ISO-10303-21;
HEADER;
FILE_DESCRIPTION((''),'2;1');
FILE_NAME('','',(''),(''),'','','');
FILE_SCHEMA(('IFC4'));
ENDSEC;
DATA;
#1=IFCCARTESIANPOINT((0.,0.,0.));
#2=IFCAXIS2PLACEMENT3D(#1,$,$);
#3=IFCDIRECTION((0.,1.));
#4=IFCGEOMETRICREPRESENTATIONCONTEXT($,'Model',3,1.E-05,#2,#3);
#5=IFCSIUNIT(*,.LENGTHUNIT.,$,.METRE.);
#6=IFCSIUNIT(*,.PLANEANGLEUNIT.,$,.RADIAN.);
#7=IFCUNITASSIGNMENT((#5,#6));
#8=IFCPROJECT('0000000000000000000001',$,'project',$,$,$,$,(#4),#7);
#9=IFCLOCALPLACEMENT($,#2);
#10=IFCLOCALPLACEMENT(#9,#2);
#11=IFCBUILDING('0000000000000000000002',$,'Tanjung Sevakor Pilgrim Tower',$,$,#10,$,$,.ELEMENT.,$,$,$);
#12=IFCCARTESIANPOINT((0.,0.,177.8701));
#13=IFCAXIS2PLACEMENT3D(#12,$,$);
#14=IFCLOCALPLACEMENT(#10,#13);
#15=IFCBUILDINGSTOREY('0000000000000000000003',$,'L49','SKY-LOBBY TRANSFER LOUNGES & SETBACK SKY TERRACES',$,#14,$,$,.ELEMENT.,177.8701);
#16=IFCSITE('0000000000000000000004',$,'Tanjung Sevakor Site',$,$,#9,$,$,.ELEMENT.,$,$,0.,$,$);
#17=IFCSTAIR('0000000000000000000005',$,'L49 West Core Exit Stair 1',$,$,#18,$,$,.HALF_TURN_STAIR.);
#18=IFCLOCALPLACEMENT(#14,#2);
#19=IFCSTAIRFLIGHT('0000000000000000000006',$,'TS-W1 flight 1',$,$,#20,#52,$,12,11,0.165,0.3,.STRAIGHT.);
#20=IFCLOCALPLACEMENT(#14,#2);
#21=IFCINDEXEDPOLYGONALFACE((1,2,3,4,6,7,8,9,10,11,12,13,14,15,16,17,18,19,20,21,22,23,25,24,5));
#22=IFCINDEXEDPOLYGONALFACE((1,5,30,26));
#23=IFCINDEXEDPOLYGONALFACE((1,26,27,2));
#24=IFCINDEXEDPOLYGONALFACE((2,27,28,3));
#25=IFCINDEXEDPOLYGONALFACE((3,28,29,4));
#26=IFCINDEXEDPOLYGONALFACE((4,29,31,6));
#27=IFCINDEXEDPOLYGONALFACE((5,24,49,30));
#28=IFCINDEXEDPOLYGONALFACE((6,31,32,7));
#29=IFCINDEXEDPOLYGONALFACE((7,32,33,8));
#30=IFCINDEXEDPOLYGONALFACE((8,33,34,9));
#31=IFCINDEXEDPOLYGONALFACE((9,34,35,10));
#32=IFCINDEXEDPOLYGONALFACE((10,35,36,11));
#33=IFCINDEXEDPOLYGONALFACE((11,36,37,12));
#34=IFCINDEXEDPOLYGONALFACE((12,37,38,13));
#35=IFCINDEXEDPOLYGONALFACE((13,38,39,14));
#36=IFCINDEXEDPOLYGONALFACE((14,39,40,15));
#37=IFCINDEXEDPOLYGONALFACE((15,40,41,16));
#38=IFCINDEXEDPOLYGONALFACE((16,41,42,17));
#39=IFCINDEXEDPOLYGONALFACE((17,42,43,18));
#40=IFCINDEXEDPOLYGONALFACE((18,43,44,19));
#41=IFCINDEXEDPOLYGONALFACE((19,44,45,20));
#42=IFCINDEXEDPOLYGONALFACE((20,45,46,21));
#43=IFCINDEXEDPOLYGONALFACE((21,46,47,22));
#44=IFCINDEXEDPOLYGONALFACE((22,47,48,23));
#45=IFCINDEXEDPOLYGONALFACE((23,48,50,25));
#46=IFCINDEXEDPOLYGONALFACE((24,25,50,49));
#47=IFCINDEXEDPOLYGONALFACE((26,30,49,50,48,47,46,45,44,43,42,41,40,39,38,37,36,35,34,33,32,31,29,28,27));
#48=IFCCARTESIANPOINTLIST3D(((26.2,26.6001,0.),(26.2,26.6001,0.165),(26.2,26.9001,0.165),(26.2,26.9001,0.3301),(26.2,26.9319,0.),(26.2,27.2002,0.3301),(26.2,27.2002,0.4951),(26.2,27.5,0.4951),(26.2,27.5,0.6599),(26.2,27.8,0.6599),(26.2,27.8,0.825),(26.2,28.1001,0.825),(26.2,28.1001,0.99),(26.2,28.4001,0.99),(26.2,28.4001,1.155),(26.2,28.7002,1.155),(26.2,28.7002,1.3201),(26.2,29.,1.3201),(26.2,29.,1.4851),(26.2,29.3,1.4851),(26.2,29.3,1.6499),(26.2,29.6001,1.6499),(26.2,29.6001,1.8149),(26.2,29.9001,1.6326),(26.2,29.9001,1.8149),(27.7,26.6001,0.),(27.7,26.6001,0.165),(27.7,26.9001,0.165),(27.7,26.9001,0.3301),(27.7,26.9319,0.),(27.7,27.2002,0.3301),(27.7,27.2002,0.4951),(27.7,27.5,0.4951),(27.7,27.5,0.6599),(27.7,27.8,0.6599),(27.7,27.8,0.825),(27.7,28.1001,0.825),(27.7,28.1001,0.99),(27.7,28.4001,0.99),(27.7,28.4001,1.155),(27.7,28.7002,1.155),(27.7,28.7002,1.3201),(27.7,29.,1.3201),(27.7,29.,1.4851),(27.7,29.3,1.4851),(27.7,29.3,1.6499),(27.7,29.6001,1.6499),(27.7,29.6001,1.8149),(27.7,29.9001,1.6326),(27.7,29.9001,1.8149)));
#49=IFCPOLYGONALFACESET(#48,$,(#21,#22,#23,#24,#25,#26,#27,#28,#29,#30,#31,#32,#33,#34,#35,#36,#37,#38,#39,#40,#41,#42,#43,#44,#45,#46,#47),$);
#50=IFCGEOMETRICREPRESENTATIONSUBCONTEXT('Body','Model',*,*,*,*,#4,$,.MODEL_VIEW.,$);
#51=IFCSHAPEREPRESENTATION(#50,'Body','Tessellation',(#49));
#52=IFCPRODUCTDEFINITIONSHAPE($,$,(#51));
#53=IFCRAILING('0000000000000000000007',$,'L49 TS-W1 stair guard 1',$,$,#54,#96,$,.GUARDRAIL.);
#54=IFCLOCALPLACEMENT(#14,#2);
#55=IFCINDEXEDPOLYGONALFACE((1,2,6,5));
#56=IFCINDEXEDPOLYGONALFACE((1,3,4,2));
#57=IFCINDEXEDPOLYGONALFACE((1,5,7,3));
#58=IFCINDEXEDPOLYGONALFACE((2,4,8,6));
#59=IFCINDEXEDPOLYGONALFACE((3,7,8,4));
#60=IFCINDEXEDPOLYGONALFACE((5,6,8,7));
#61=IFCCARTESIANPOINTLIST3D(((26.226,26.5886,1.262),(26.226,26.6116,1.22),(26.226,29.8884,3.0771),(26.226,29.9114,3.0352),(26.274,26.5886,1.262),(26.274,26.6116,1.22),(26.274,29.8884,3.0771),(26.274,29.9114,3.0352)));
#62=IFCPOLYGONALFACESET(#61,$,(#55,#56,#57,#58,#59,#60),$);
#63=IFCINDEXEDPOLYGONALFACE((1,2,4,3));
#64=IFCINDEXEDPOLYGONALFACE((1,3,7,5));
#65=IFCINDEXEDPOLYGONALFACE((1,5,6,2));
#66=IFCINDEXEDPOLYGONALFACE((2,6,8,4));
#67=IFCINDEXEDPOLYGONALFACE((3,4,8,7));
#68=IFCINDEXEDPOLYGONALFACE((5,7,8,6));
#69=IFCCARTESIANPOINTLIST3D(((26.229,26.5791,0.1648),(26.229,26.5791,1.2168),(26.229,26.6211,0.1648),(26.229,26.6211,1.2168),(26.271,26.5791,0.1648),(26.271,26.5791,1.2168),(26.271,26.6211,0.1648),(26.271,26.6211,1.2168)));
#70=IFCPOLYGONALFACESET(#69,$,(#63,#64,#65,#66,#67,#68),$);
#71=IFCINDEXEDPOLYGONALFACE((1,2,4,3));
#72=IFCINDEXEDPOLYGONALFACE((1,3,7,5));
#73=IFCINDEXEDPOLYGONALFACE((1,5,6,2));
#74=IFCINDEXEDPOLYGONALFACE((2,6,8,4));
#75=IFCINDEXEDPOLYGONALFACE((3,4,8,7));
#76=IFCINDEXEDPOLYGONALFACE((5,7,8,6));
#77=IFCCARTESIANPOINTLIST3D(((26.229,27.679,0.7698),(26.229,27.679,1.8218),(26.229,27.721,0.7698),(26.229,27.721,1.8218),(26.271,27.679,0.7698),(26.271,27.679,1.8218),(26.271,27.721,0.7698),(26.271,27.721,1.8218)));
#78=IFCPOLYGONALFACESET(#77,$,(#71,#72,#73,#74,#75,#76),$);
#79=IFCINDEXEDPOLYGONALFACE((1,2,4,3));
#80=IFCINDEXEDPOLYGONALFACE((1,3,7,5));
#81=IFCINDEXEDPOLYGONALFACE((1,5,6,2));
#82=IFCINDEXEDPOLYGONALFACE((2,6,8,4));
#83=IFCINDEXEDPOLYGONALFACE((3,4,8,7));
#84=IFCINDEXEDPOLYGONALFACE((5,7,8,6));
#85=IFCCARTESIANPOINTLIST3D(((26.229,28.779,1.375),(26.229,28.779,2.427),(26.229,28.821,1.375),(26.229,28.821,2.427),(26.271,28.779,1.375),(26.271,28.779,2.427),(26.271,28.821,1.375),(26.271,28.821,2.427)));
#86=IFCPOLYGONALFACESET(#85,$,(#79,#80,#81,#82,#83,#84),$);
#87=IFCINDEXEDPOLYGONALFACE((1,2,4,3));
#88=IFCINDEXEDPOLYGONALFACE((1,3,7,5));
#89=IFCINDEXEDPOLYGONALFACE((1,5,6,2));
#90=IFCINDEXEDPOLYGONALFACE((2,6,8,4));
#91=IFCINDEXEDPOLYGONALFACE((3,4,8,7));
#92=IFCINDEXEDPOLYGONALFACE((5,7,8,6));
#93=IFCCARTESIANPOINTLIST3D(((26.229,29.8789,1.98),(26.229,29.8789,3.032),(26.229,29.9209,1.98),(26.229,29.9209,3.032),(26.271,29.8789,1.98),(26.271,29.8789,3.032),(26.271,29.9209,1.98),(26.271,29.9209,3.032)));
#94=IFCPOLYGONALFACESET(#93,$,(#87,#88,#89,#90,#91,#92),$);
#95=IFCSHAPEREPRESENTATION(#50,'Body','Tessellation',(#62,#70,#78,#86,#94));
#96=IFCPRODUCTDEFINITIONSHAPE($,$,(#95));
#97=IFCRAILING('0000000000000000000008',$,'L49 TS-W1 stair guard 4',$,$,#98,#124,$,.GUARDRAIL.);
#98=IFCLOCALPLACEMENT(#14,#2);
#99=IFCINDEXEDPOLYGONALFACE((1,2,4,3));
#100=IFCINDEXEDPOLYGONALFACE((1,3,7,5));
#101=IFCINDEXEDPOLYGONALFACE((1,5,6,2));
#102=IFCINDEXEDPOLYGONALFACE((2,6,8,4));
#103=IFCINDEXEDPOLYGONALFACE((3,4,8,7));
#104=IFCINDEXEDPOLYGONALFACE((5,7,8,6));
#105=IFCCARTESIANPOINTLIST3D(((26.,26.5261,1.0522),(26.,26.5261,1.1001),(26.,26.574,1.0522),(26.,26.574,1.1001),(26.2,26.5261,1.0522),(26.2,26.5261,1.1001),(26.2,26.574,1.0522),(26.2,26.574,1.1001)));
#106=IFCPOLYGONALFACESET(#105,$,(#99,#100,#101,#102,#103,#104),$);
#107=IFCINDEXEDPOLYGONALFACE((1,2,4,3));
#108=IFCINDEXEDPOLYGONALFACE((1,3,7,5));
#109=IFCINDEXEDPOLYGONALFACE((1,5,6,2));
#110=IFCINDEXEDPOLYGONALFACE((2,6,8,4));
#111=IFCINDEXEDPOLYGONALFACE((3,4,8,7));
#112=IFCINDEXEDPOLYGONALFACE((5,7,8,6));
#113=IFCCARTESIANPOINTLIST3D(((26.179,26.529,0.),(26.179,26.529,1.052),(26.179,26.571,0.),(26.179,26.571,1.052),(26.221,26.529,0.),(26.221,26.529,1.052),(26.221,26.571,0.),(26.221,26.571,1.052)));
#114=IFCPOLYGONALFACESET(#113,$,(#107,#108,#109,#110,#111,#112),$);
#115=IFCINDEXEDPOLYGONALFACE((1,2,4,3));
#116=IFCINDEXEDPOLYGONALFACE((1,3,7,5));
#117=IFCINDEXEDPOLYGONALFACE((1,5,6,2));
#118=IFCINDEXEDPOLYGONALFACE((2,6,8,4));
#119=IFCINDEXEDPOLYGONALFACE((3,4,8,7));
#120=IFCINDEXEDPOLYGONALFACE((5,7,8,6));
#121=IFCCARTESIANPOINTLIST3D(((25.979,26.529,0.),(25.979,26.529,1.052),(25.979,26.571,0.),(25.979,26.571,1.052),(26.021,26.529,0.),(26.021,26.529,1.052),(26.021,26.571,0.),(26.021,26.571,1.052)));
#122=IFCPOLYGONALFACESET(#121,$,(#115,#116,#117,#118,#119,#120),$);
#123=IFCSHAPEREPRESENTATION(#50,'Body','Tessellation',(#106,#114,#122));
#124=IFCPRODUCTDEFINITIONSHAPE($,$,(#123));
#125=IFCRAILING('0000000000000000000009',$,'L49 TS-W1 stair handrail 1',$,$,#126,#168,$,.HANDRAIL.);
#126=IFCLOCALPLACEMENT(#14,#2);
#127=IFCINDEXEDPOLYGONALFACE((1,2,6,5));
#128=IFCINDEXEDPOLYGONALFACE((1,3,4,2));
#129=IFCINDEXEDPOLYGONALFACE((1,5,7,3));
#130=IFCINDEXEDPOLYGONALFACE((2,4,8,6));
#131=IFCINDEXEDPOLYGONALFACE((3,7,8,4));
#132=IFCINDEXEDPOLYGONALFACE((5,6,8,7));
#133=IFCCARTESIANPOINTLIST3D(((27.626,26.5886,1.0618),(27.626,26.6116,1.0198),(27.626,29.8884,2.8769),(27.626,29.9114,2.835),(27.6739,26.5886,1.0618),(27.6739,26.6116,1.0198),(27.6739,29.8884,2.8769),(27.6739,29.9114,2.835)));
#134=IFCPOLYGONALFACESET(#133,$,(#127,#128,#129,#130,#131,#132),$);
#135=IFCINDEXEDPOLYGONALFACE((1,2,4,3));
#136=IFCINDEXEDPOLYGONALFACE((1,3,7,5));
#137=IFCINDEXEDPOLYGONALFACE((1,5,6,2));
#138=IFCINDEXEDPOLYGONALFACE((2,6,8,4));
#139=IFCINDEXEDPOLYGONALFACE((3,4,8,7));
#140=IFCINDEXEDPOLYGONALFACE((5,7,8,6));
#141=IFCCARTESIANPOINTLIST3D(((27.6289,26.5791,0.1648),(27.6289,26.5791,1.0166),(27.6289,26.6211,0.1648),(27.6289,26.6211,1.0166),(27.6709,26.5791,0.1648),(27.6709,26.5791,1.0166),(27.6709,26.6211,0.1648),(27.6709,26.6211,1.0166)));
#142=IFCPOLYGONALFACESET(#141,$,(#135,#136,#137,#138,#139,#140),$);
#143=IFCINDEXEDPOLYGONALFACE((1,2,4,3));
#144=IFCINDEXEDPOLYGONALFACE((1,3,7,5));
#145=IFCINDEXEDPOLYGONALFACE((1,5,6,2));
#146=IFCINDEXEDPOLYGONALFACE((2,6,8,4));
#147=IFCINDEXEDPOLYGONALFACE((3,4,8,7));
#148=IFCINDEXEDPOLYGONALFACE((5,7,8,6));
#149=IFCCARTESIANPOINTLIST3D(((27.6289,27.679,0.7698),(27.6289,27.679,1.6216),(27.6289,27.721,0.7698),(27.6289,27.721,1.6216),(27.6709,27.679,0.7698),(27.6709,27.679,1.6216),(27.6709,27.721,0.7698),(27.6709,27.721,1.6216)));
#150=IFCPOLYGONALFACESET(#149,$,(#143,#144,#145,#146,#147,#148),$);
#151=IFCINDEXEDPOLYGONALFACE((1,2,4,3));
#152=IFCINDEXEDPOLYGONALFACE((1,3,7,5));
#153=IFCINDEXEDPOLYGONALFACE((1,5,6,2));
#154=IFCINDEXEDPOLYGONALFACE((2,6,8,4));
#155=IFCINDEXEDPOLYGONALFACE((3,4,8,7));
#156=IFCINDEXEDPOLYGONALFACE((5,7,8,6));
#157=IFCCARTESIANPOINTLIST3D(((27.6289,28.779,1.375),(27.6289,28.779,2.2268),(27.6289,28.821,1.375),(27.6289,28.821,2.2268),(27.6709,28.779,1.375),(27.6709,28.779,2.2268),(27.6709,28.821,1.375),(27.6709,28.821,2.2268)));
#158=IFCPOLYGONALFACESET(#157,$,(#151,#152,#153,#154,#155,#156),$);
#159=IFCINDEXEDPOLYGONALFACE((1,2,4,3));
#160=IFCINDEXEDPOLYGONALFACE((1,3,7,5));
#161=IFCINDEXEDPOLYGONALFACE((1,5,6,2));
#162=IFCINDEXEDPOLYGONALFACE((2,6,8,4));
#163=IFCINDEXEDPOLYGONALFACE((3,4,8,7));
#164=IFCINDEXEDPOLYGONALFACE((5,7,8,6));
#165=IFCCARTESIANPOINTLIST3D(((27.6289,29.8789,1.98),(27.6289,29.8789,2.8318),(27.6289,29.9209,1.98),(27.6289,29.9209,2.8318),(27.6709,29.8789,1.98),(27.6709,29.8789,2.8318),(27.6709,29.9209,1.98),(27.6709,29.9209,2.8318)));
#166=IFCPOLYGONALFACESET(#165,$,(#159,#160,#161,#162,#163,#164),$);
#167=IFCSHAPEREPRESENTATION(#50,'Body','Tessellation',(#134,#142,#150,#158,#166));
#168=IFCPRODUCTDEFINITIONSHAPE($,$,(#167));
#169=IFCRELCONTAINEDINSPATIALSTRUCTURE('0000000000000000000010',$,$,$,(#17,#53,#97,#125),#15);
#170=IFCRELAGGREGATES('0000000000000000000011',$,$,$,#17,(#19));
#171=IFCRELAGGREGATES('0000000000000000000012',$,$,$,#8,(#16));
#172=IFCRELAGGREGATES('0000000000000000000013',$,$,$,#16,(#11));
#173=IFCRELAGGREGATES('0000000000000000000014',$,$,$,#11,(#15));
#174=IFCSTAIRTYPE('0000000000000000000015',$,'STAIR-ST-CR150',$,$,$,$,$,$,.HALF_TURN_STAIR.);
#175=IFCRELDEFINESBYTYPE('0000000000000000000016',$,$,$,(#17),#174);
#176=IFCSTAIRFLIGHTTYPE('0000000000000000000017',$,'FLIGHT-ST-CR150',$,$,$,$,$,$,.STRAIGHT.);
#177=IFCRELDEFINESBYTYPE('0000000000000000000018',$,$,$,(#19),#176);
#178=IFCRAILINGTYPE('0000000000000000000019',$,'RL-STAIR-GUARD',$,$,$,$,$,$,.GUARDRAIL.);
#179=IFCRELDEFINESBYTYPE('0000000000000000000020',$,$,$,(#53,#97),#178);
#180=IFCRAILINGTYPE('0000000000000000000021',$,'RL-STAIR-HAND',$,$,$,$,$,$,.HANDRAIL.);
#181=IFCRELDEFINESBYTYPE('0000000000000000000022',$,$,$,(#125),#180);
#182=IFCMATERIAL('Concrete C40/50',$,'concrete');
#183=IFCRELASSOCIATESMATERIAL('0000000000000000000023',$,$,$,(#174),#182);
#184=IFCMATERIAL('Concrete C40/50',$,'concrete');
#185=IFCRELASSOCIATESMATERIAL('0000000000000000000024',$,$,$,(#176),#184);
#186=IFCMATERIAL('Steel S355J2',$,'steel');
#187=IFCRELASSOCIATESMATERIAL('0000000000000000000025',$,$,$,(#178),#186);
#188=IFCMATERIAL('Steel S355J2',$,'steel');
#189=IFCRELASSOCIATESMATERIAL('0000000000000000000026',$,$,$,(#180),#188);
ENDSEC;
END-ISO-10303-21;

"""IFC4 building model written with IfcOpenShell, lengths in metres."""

from ifc_helpers import new_model, si_unit, direction, frame, origin, place, context, subcontext, project, spatial, polyline, rectangle, outline, extrude, material, type_object, element, aggregate, save


model = new_model("IFC4")

# Units and contexts
model_context = context("Model", 3, precision=1e-05, world=origin(), true_north=direction((0.0, 1.0)))
body_context = subcontext(model_context, "Body", "Model", "MODEL_VIEW")
ifc_project = project(units=[si_unit("LENGTHUNIT", "METRE"), si_unit("PLANEANGLEUNIT", "RADIAN")], contexts=[model_context])

# Site, building, storey
site_placement = place(None, origin())
site = spatial("IfcSite", under=ifc_project, at=site_placement, Name="Tanjung Sevakor Site", CompositionType="ELEMENT", RefElevation=0.0)
building_placement = place(site_placement, origin())
building = spatial("IfcBuilding", under=site, at=building_placement, Name="Tanjung Sevakor Pilgrim Tower", CompositionType="ELEMENT")
storey_placement = place(building_placement, frame((0.0, 0.0, 177.8701)))
storey = spatial("IfcBuildingStorey", under=building, at=storey_placement, Name="L49", Description="SKY-LOBBY TRANSFER LOUNGES & SETBACK SKY TERRACES", CompositionType="ELEMENT", Elevation=177.8701)

# Stair, stair flight
ifc_material_1 = material(Name="Concrete C40/50", Category="concrete")
stair_type = type_object("IfcStairType", Name="STAIR-ST-CR150", PredefinedType="HALF_TURN_STAIR", material=ifc_material_1)
stair_placement = place(storey_placement, origin())
stair = element("IfcStair", 1, at=stair_placement, inside=storey, type_object=stair_type, Name="L49 West Core Exit Stair 1", PredefinedType="HALF_TURN_STAIR")
ifc_material_2 = material(Name="Concrete C40/50", Category="concrete")
stair_flight_type = type_object("IfcStairFlightType", Name="FLIGHT-ST-CR150", PredefinedType="STRAIGHT", material=ifc_material_2)
stair_flight_placement = place(storey_placement, frame((26.95, 26.6001, 0.0), z_axis=(0.0, 0.0, 1.0), x_axis=(0.0, 1.0, 0.0)))
stair_flight = element("IfcStairFlight", 2, at=stair_flight_placement, type_object=stair_flight_type, Name="TS-W1 flight 1", NumberOfRisers=12, NumberOfTreads=11, PredefinedType="STRAIGHT", RiserHeight=0.165, TreadLength=0.3, context=body_context, shape_type="SweptSolid", body=[
    extrude(outline(polyline([(0.0, 0.0), (0.0, 0.165), (0.3, 0.165), (0.3, 0.3301), (0.6001, 0.3301), (0.6001, 0.4951), (0.8999, 0.4951), (0.8999, 0.6599), (1.2, 0.6599), (1.2, 0.825), (1.5, 0.825), (1.5, 0.99), (1.8, 0.99), (1.8, 1.155), (2.1001, 1.155), (2.1001, 1.3201), (2.3999, 1.3201), (2.3999, 1.4851), (2.7, 1.4851), (2.7, 1.6499), (3.0, 1.6499), (3.0, 1.8149), (3.3, 1.8149), (3.3, 1.98), (3.3, 1.6326), (0.3318, 0.0), (0.0, 0.0)])), frame((0.0, 0.75, 0.0), z_axis=(0.0, -1.0, 0.0), x_axis=(1.0, 0.0, 0.0)), (0.0, 0.0, 1.0), 1.5),
])
aggregate(stair, [stair_flight])

# Railings
ifc_material_3 = material(Name="Steel S355J2", Category="steel")
railing_type_1 = type_object("IfcRailingType", Name="RL-STAIR-GUARD", PredefinedType="GUARDRAIL", material=ifc_material_3)
railing_1_placement = place(storey_placement, frame((26.25, 26.6001, 0.1648)))
element("IfcRailing", 3, at=railing_1_placement, inside=storey, type_object=railing_type_1, Name="L49 TS-W1 stair guard 1", PredefinedType="GUARDRAIL", context=body_context, shape_type="SweptSolid", body=[
    extrude(rectangle(XDim=0.0479, YDim=0.0479), frame((0.0, 0.0, 1.0762), z_axis=(0.0, 0.876183, 0.481978), x_axis=(-1.0, 0.0, 0.0)), (0.0, 0.0, 1.0), 3.7661),
    extrude(rectangle(XDim=0.042, YDim=0.042), origin(), (0.0, 0.0, 1.0), 1.052),
    extrude(rectangle(XDim=0.042, YDim=0.042), frame((0.0, 1.0999, 0.605)), (0.0, 0.0, 1.0), 1.052),
    extrude(rectangle(XDim=0.042, YDim=0.042), frame((0.0, 2.2, 1.2102)), (0.0, 0.0, 1.0), 1.052),
    extrude(rectangle(XDim=0.042, YDim=0.042), frame((0.0, 3.2998, 1.8152)), (0.0, 0.0, 1.0), 1.052),
])
railing_2_placement = place(storey_placement, frame((26.2, 26.55, 0.0)))
element("IfcRailing", 4, at=railing_2_placement, inside=storey, type_object=railing_type_1, Name="L49 TS-W1 stair guard 4", PredefinedType="GUARDRAIL", context=body_context, shape_type="SweptSolid", body=[
    extrude(rectangle(XDim=0.0479, YDim=0.0479), frame((0.0, 0.0, 1.0762), z_axis=(-1.0, 0.0, 0.0), x_axis=(0.0, -1.0, 0.0)), (0.0, 0.0, 1.0), 0.2),
    extrude(rectangle(XDim=0.042, YDim=0.042), origin(), (0.0, 0.0, 1.0), 1.052),
    extrude(rectangle(XDim=0.042, YDim=0.042), frame((-0.2, 0.0, 0.0)), (0.0, 0.0, 1.0), 1.052),
])
ifc_material_4 = material(Name="Steel S355J2", Category="steel")
railing_type_2 = type_object("IfcRailingType", Name="RL-STAIR-HAND", PredefinedType="HANDRAIL", material=ifc_material_4)
railing_3_placement = place(storey_placement, frame((27.6499, 26.6001, 0.1648)))
element("IfcRailing", 5, at=railing_3_placement, inside=storey, type_object=railing_type_2, Name="L49 TS-W1 stair handrail 1", PredefinedType="HANDRAIL", context=body_context, shape_type="SweptSolid", body=[
    extrude(rectangle(XDim=0.0479, YDim=0.0479), frame((0.0, 0.0, 0.876), z_axis=(0.0, 0.876183, 0.481978), x_axis=(-1.0, 0.0, 0.0)), (0.0, 0.0, 1.0), 3.7661),
    extrude(rectangle(XDim=0.042, YDim=0.042), origin(), (0.0, 0.0, 1.0), 0.8518),
    extrude(rectangle(XDim=0.042, YDim=0.042), frame((0.0, 1.0999, 0.605)), (0.0, 0.0, 1.0), 0.8518),
    extrude(rectangle(XDim=0.042, YDim=0.042), frame((0.0, 2.2, 1.2102)), (0.0, 0.0, 1.0), 0.8518),
    extrude(rectangle(XDim=0.042, YDim=0.042), frame((0.0, 3.2998, 1.8152)), (0.0, 0.0, 1.0), 0.8518),
])

save(model, "model.ifc")
